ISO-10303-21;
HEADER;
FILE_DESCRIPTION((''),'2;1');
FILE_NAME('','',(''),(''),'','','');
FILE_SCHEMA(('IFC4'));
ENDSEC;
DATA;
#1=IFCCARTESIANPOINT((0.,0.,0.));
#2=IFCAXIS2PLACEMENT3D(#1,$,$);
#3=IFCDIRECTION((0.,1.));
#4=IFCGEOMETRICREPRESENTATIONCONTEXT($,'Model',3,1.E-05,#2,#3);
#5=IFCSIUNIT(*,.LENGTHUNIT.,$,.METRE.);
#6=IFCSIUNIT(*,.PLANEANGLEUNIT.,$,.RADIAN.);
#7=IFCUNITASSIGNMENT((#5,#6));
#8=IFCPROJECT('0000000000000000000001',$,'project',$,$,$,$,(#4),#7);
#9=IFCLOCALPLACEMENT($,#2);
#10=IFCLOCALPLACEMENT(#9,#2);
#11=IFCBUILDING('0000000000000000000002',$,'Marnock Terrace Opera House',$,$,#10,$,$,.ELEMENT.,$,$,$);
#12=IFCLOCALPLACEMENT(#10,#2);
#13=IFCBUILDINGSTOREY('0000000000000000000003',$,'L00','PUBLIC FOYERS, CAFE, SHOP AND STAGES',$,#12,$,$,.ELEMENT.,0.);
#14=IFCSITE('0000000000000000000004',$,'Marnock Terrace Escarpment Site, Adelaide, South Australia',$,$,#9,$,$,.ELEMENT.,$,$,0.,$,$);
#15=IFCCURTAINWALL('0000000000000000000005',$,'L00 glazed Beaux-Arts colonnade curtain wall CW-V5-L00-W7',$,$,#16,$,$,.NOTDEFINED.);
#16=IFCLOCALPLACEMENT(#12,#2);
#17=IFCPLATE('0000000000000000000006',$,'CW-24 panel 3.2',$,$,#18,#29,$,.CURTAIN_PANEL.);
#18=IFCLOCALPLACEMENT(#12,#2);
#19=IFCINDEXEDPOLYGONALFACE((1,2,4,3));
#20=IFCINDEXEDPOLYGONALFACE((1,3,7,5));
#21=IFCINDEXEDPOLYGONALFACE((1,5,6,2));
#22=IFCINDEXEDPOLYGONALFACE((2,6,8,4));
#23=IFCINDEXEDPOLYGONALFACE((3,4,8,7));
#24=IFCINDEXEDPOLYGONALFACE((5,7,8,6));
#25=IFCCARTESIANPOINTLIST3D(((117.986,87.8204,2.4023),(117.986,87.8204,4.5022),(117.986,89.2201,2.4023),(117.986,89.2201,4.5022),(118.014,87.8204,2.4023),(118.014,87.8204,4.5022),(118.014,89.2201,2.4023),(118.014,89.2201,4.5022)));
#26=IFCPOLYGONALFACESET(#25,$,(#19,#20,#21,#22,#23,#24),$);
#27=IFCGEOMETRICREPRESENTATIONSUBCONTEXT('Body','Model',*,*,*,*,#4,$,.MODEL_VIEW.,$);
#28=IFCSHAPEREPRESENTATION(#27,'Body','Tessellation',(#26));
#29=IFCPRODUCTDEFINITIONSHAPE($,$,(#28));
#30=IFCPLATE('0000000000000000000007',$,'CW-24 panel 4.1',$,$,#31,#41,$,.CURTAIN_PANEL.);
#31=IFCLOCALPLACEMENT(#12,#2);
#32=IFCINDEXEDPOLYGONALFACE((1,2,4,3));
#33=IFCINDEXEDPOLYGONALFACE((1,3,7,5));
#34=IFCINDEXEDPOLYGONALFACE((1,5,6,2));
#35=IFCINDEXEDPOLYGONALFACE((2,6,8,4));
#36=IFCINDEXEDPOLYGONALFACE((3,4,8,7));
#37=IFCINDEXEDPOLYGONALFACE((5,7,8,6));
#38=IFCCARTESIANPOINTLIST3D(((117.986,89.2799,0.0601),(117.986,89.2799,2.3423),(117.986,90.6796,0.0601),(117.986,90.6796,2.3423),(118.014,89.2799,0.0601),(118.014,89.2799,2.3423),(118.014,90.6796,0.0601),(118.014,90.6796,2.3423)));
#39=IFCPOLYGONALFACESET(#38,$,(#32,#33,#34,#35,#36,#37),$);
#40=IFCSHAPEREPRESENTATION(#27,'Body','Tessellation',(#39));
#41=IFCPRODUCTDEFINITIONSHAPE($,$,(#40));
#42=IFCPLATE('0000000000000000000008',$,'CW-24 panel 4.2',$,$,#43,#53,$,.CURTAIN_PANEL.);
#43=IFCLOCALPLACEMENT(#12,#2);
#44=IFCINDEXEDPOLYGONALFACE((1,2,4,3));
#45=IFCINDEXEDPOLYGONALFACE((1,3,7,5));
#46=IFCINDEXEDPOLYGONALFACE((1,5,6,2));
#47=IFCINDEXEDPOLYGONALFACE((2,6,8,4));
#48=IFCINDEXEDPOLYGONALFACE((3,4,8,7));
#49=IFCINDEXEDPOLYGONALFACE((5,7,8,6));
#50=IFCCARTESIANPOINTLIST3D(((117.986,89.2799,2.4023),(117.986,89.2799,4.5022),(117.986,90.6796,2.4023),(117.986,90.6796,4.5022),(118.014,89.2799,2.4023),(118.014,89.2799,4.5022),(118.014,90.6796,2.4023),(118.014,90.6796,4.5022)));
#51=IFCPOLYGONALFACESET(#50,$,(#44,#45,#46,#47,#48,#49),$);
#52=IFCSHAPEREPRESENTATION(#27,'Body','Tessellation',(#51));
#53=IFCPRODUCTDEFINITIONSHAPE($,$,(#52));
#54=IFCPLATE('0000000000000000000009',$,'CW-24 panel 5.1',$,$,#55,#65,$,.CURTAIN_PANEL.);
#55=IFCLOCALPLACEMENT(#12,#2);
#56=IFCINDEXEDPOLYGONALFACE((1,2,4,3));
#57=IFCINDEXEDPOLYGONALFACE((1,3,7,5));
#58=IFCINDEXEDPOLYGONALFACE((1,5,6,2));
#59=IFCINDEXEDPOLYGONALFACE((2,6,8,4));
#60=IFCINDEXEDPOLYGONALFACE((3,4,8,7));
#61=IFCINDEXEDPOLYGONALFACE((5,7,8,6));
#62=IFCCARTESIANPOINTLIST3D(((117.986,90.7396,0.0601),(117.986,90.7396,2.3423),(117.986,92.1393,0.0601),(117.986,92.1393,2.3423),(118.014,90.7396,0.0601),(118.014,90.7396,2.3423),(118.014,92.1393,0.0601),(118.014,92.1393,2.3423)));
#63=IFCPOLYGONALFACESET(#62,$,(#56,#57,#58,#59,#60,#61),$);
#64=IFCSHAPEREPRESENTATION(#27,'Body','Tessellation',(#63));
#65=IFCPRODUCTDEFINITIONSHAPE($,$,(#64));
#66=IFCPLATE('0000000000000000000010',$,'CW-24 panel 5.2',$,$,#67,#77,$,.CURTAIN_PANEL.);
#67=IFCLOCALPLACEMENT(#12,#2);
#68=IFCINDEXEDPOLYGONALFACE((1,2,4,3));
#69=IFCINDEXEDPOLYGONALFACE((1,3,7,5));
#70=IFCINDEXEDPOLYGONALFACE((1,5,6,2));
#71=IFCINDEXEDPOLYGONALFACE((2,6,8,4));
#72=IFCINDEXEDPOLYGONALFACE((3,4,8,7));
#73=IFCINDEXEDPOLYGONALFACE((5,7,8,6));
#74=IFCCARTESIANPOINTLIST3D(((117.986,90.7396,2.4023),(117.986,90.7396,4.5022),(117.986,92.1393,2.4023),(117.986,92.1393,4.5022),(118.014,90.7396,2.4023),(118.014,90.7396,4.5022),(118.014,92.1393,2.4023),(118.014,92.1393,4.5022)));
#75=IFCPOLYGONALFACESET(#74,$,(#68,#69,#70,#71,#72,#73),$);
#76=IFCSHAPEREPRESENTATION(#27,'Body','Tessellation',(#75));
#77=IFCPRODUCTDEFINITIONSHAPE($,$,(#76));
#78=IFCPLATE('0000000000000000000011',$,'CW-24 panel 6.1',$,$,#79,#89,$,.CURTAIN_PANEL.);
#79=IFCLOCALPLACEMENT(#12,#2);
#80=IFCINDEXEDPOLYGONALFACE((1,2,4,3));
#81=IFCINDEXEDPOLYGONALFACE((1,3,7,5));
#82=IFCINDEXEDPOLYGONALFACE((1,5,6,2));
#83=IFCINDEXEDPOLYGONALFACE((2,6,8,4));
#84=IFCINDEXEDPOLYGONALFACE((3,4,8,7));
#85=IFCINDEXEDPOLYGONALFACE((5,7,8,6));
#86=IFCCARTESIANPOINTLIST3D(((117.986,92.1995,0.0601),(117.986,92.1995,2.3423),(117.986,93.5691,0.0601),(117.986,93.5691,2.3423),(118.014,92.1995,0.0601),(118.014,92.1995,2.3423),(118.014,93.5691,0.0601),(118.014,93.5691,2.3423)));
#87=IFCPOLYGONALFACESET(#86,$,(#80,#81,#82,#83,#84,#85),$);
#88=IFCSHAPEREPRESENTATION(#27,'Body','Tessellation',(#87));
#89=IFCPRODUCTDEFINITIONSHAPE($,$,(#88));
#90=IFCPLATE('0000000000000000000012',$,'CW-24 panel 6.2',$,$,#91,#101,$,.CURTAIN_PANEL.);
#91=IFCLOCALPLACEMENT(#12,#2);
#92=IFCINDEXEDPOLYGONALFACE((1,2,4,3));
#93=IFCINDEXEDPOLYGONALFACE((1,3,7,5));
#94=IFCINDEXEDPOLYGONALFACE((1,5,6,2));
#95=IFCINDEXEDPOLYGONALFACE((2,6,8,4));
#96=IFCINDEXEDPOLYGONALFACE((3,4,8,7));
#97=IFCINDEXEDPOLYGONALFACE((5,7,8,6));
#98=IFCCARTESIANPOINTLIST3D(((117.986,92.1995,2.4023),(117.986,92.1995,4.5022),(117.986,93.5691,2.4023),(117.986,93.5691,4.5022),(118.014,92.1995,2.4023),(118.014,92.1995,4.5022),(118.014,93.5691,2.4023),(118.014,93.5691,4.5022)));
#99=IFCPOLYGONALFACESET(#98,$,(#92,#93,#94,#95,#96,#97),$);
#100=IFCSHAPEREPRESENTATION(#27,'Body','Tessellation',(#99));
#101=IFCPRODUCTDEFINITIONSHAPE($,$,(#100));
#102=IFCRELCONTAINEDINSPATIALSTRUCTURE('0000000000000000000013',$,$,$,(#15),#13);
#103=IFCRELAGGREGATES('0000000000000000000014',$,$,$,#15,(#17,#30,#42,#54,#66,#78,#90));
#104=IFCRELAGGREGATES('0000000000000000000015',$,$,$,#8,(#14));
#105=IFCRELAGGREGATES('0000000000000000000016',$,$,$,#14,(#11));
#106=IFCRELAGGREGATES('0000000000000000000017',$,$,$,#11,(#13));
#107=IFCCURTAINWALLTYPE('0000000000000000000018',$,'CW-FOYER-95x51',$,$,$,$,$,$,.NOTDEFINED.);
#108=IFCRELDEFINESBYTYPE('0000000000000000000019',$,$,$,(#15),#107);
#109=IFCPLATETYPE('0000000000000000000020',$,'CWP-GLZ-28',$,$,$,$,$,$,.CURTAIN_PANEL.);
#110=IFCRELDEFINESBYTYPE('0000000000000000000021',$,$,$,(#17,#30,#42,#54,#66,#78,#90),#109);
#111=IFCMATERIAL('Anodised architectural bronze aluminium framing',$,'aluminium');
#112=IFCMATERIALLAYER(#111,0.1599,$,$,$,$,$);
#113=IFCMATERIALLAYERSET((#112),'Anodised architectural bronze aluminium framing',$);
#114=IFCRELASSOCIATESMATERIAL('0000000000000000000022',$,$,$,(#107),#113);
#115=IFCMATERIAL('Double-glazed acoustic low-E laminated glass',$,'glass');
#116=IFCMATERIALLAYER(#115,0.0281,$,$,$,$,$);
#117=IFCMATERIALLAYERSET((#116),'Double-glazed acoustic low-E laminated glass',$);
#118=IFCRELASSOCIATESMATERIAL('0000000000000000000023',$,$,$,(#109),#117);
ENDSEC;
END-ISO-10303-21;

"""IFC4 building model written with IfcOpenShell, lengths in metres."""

from ifc_helpers import new_model, si_unit, direction, frame, origin, origin_2d, place, context, subcontext, project, spatial, rectangle, extrude, material, layer, layer_set, type_object, element, aggregate, save


model = new_model("IFC4")

# Units and contexts
model_context = context("Model", 3, precision=1e-05, world=origin(), true_north=direction((0.0, 1.0)))
body_context = subcontext(model_context, "Body", "Model", "MODEL_VIEW")
ifc_project = project(units=[si_unit("LENGTHUNIT", "METRE"), si_unit("PLANEANGLEUNIT", "RADIAN")], contexts=[model_context])

# Site, building, storey
site_placement = place(None, origin())
site = spatial("IfcSite", under=ifc_project, at=site_placement, Name="Marnock Terrace Escarpment Site, Adelaide, South Australia", CompositionType="ELEMENT", RefElevation=0.0)
building_placement = place(site_placement, origin())
building = spatial("IfcBuilding", under=site, at=building_placement, Name="Marnock Terrace Opera House", CompositionType="ELEMENT")
storey_placement = place(building_placement, origin())
storey = spatial("IfcBuildingStorey", under=building, at=storey_placement, Name="L00", Description="PUBLIC FOYERS, CAFE, SHOP AND STAGES", CompositionType="ELEMENT", Elevation=0.0)

# Curtain wall, plates
ifc_material_1 = material(Name="Anodised architectural bronze aluminium framing", Category="aluminium")
ifc_layer_1 = layer(ifc_material_1, 0.1599)
ifc_layer_set_1 = layer_set([ifc_layer_1], Name="Anodised architectural bronze aluminium framing")
curtain_wall_type = type_object("IfcCurtainWallType", Name="CW-FOYER-95x51", PredefinedType="NOTDEFINED", material=ifc_layer_set_1)
curtain_wall_placement = place(storey_placement, origin())
curtain_wall = element("IfcCurtainWall", 1, at=curtain_wall_placement, inside=storey, type_object=curtain_wall_type, Name="L00 glazed Beaux-Arts colonnade curtain wall CW-V5-L00-W7", PredefinedType="NOTDEFINED")
ifc_material_2 = material(Name="Double-glazed acoustic low-E laminated glass", Category="glass")
ifc_layer_2 = layer(ifc_material_2, 0.0281)
ifc_layer_set_2 = layer_set([ifc_layer_2], Name="Double-glazed acoustic low-E laminated glass")
plate_type = type_object("IfcPlateType", Name="CWP-GLZ-28", PredefinedType="CURTAIN_PANEL", material=ifc_layer_set_2)
plate_1_placement = place(storey_placement, frame((118.0, 88.5203, 2.4023), z_axis=(0.0, 0.0, 1.0), x_axis=(0.0, 1.0, 0.0)))
plate_1 = element("IfcPlate", 2, at=plate_1_placement, type_object=plate_type, Name="CW-24 panel 3.2", PredefinedType="CURTAIN_PANEL", context=body_context, shape_type="SweptSolid", body=[
    extrude(rectangle(XDim=1.3997, YDim=0.0281, at=origin_2d()), origin(), (0.0, 0.0, 1.0), 2.0999),
])
plate_2_placement = place(storey_placement, frame((118.0, 89.9797, 0.0601), z_axis=(0.0, 0.0, 1.0), x_axis=(0.0, 1.0, 0.0)))
plate_2 = element("IfcPlate", 3, at=plate_2_placement, type_object=plate_type, Name="CW-24 panel 4.1", PredefinedType="CURTAIN_PANEL", context=body_context, shape_type="SweptSolid", body=[
    extrude(rectangle(XDim=1.3997, YDim=0.0281, at=origin_2d()), origin(), (0.0, 0.0, 1.0), 2.2822),
])
plate_3_placement = place(storey_placement, frame((118.0, 89.9797, 2.4023), z_axis=(0.0, 0.0, 1.0), x_axis=(0.0, 1.0, 0.0)))
plate_3 = element("IfcPlate", 4, at=plate_3_placement, type_object=plate_type, Name="CW-24 panel 4.2", PredefinedType="CURTAIN_PANEL", context=body_context, shape_type="SweptSolid", body=[
    extrude(rectangle(XDim=1.3997, YDim=0.0281, at=origin_2d()), origin(), (0.0, 0.0, 1.0), 2.0999),
])
plate_4_placement = place(storey_placement, frame((118.0, 91.4395, 0.0601), z_axis=(0.0, 0.0, 1.0), x_axis=(0.0, 1.0, 0.0)))
plate_4 = element("IfcPlate", 5, at=plate_4_placement, type_object=plate_type, Name="CW-24 panel 5.1", PredefinedType="CURTAIN_PANEL", context=body_context, shape_type="SweptSolid", body=[
    extrude(rectangle(XDim=1.3997, YDim=0.0281, at=origin_2d()), origin(), (0.0, 0.0, 1.0), 2.2822),
])
plate_5_placement = place(storey_placement, frame((118.0, 91.4395, 2.4023), z_axis=(0.0, 0.0, 1.0), x_axis=(0.0, 1.0, 0.0)))
plate_5 = element("IfcPlate", 6, at=plate_5_placement, type_object=plate_type, Name="CW-24 panel 5.2", PredefinedType="CURTAIN_PANEL", context=body_context, shape_type="SweptSolid", body=[
    extrude(rectangle(XDim=1.3997, YDim=0.0281, at=origin_2d()), origin(), (0.0, 0.0, 1.0), 2.0999),
])
plate_6_placement = place(storey_placement, frame((118.0, 92.8843, 0.0601), z_axis=(0.0, 0.0, 1.0), x_axis=(0.0, 1.0, 0.0)))
plate_6 = element("IfcPlate", 7, at=plate_6_placement, type_object=plate_type, Name="CW-24 panel 6.1", PredefinedType="CURTAIN_PANEL", context=body_context, shape_type="SweptSolid", body=[
    extrude(rectangle(XDim=1.3696, YDim=0.0281, at=origin_2d()), origin(), (0.0, 0.0, 1.0), 2.2822),
])
plate_7_placement = place(storey_placement, frame((118.0, 92.8843, 2.4023), z_axis=(0.0, 0.0, 1.0), x_axis=(0.0, 1.0, 0.0)))
plate_7 = element("IfcPlate", 8, at=plate_7_placement, type_object=plate_type, Name="CW-24 panel 6.2", PredefinedType="CURTAIN_PANEL", context=body_context, shape_type="SweptSolid", body=[
    extrude(rectangle(XDim=1.3696, YDim=0.0281, at=origin_2d()), origin(), (0.0, 0.0, 1.0), 2.0999),
])
aggregate(curtain_wall, [plate_1, plate_2, plate_3, plate_4, plate_5, plate_6, plate_7])

save(model, "model.ifc")
